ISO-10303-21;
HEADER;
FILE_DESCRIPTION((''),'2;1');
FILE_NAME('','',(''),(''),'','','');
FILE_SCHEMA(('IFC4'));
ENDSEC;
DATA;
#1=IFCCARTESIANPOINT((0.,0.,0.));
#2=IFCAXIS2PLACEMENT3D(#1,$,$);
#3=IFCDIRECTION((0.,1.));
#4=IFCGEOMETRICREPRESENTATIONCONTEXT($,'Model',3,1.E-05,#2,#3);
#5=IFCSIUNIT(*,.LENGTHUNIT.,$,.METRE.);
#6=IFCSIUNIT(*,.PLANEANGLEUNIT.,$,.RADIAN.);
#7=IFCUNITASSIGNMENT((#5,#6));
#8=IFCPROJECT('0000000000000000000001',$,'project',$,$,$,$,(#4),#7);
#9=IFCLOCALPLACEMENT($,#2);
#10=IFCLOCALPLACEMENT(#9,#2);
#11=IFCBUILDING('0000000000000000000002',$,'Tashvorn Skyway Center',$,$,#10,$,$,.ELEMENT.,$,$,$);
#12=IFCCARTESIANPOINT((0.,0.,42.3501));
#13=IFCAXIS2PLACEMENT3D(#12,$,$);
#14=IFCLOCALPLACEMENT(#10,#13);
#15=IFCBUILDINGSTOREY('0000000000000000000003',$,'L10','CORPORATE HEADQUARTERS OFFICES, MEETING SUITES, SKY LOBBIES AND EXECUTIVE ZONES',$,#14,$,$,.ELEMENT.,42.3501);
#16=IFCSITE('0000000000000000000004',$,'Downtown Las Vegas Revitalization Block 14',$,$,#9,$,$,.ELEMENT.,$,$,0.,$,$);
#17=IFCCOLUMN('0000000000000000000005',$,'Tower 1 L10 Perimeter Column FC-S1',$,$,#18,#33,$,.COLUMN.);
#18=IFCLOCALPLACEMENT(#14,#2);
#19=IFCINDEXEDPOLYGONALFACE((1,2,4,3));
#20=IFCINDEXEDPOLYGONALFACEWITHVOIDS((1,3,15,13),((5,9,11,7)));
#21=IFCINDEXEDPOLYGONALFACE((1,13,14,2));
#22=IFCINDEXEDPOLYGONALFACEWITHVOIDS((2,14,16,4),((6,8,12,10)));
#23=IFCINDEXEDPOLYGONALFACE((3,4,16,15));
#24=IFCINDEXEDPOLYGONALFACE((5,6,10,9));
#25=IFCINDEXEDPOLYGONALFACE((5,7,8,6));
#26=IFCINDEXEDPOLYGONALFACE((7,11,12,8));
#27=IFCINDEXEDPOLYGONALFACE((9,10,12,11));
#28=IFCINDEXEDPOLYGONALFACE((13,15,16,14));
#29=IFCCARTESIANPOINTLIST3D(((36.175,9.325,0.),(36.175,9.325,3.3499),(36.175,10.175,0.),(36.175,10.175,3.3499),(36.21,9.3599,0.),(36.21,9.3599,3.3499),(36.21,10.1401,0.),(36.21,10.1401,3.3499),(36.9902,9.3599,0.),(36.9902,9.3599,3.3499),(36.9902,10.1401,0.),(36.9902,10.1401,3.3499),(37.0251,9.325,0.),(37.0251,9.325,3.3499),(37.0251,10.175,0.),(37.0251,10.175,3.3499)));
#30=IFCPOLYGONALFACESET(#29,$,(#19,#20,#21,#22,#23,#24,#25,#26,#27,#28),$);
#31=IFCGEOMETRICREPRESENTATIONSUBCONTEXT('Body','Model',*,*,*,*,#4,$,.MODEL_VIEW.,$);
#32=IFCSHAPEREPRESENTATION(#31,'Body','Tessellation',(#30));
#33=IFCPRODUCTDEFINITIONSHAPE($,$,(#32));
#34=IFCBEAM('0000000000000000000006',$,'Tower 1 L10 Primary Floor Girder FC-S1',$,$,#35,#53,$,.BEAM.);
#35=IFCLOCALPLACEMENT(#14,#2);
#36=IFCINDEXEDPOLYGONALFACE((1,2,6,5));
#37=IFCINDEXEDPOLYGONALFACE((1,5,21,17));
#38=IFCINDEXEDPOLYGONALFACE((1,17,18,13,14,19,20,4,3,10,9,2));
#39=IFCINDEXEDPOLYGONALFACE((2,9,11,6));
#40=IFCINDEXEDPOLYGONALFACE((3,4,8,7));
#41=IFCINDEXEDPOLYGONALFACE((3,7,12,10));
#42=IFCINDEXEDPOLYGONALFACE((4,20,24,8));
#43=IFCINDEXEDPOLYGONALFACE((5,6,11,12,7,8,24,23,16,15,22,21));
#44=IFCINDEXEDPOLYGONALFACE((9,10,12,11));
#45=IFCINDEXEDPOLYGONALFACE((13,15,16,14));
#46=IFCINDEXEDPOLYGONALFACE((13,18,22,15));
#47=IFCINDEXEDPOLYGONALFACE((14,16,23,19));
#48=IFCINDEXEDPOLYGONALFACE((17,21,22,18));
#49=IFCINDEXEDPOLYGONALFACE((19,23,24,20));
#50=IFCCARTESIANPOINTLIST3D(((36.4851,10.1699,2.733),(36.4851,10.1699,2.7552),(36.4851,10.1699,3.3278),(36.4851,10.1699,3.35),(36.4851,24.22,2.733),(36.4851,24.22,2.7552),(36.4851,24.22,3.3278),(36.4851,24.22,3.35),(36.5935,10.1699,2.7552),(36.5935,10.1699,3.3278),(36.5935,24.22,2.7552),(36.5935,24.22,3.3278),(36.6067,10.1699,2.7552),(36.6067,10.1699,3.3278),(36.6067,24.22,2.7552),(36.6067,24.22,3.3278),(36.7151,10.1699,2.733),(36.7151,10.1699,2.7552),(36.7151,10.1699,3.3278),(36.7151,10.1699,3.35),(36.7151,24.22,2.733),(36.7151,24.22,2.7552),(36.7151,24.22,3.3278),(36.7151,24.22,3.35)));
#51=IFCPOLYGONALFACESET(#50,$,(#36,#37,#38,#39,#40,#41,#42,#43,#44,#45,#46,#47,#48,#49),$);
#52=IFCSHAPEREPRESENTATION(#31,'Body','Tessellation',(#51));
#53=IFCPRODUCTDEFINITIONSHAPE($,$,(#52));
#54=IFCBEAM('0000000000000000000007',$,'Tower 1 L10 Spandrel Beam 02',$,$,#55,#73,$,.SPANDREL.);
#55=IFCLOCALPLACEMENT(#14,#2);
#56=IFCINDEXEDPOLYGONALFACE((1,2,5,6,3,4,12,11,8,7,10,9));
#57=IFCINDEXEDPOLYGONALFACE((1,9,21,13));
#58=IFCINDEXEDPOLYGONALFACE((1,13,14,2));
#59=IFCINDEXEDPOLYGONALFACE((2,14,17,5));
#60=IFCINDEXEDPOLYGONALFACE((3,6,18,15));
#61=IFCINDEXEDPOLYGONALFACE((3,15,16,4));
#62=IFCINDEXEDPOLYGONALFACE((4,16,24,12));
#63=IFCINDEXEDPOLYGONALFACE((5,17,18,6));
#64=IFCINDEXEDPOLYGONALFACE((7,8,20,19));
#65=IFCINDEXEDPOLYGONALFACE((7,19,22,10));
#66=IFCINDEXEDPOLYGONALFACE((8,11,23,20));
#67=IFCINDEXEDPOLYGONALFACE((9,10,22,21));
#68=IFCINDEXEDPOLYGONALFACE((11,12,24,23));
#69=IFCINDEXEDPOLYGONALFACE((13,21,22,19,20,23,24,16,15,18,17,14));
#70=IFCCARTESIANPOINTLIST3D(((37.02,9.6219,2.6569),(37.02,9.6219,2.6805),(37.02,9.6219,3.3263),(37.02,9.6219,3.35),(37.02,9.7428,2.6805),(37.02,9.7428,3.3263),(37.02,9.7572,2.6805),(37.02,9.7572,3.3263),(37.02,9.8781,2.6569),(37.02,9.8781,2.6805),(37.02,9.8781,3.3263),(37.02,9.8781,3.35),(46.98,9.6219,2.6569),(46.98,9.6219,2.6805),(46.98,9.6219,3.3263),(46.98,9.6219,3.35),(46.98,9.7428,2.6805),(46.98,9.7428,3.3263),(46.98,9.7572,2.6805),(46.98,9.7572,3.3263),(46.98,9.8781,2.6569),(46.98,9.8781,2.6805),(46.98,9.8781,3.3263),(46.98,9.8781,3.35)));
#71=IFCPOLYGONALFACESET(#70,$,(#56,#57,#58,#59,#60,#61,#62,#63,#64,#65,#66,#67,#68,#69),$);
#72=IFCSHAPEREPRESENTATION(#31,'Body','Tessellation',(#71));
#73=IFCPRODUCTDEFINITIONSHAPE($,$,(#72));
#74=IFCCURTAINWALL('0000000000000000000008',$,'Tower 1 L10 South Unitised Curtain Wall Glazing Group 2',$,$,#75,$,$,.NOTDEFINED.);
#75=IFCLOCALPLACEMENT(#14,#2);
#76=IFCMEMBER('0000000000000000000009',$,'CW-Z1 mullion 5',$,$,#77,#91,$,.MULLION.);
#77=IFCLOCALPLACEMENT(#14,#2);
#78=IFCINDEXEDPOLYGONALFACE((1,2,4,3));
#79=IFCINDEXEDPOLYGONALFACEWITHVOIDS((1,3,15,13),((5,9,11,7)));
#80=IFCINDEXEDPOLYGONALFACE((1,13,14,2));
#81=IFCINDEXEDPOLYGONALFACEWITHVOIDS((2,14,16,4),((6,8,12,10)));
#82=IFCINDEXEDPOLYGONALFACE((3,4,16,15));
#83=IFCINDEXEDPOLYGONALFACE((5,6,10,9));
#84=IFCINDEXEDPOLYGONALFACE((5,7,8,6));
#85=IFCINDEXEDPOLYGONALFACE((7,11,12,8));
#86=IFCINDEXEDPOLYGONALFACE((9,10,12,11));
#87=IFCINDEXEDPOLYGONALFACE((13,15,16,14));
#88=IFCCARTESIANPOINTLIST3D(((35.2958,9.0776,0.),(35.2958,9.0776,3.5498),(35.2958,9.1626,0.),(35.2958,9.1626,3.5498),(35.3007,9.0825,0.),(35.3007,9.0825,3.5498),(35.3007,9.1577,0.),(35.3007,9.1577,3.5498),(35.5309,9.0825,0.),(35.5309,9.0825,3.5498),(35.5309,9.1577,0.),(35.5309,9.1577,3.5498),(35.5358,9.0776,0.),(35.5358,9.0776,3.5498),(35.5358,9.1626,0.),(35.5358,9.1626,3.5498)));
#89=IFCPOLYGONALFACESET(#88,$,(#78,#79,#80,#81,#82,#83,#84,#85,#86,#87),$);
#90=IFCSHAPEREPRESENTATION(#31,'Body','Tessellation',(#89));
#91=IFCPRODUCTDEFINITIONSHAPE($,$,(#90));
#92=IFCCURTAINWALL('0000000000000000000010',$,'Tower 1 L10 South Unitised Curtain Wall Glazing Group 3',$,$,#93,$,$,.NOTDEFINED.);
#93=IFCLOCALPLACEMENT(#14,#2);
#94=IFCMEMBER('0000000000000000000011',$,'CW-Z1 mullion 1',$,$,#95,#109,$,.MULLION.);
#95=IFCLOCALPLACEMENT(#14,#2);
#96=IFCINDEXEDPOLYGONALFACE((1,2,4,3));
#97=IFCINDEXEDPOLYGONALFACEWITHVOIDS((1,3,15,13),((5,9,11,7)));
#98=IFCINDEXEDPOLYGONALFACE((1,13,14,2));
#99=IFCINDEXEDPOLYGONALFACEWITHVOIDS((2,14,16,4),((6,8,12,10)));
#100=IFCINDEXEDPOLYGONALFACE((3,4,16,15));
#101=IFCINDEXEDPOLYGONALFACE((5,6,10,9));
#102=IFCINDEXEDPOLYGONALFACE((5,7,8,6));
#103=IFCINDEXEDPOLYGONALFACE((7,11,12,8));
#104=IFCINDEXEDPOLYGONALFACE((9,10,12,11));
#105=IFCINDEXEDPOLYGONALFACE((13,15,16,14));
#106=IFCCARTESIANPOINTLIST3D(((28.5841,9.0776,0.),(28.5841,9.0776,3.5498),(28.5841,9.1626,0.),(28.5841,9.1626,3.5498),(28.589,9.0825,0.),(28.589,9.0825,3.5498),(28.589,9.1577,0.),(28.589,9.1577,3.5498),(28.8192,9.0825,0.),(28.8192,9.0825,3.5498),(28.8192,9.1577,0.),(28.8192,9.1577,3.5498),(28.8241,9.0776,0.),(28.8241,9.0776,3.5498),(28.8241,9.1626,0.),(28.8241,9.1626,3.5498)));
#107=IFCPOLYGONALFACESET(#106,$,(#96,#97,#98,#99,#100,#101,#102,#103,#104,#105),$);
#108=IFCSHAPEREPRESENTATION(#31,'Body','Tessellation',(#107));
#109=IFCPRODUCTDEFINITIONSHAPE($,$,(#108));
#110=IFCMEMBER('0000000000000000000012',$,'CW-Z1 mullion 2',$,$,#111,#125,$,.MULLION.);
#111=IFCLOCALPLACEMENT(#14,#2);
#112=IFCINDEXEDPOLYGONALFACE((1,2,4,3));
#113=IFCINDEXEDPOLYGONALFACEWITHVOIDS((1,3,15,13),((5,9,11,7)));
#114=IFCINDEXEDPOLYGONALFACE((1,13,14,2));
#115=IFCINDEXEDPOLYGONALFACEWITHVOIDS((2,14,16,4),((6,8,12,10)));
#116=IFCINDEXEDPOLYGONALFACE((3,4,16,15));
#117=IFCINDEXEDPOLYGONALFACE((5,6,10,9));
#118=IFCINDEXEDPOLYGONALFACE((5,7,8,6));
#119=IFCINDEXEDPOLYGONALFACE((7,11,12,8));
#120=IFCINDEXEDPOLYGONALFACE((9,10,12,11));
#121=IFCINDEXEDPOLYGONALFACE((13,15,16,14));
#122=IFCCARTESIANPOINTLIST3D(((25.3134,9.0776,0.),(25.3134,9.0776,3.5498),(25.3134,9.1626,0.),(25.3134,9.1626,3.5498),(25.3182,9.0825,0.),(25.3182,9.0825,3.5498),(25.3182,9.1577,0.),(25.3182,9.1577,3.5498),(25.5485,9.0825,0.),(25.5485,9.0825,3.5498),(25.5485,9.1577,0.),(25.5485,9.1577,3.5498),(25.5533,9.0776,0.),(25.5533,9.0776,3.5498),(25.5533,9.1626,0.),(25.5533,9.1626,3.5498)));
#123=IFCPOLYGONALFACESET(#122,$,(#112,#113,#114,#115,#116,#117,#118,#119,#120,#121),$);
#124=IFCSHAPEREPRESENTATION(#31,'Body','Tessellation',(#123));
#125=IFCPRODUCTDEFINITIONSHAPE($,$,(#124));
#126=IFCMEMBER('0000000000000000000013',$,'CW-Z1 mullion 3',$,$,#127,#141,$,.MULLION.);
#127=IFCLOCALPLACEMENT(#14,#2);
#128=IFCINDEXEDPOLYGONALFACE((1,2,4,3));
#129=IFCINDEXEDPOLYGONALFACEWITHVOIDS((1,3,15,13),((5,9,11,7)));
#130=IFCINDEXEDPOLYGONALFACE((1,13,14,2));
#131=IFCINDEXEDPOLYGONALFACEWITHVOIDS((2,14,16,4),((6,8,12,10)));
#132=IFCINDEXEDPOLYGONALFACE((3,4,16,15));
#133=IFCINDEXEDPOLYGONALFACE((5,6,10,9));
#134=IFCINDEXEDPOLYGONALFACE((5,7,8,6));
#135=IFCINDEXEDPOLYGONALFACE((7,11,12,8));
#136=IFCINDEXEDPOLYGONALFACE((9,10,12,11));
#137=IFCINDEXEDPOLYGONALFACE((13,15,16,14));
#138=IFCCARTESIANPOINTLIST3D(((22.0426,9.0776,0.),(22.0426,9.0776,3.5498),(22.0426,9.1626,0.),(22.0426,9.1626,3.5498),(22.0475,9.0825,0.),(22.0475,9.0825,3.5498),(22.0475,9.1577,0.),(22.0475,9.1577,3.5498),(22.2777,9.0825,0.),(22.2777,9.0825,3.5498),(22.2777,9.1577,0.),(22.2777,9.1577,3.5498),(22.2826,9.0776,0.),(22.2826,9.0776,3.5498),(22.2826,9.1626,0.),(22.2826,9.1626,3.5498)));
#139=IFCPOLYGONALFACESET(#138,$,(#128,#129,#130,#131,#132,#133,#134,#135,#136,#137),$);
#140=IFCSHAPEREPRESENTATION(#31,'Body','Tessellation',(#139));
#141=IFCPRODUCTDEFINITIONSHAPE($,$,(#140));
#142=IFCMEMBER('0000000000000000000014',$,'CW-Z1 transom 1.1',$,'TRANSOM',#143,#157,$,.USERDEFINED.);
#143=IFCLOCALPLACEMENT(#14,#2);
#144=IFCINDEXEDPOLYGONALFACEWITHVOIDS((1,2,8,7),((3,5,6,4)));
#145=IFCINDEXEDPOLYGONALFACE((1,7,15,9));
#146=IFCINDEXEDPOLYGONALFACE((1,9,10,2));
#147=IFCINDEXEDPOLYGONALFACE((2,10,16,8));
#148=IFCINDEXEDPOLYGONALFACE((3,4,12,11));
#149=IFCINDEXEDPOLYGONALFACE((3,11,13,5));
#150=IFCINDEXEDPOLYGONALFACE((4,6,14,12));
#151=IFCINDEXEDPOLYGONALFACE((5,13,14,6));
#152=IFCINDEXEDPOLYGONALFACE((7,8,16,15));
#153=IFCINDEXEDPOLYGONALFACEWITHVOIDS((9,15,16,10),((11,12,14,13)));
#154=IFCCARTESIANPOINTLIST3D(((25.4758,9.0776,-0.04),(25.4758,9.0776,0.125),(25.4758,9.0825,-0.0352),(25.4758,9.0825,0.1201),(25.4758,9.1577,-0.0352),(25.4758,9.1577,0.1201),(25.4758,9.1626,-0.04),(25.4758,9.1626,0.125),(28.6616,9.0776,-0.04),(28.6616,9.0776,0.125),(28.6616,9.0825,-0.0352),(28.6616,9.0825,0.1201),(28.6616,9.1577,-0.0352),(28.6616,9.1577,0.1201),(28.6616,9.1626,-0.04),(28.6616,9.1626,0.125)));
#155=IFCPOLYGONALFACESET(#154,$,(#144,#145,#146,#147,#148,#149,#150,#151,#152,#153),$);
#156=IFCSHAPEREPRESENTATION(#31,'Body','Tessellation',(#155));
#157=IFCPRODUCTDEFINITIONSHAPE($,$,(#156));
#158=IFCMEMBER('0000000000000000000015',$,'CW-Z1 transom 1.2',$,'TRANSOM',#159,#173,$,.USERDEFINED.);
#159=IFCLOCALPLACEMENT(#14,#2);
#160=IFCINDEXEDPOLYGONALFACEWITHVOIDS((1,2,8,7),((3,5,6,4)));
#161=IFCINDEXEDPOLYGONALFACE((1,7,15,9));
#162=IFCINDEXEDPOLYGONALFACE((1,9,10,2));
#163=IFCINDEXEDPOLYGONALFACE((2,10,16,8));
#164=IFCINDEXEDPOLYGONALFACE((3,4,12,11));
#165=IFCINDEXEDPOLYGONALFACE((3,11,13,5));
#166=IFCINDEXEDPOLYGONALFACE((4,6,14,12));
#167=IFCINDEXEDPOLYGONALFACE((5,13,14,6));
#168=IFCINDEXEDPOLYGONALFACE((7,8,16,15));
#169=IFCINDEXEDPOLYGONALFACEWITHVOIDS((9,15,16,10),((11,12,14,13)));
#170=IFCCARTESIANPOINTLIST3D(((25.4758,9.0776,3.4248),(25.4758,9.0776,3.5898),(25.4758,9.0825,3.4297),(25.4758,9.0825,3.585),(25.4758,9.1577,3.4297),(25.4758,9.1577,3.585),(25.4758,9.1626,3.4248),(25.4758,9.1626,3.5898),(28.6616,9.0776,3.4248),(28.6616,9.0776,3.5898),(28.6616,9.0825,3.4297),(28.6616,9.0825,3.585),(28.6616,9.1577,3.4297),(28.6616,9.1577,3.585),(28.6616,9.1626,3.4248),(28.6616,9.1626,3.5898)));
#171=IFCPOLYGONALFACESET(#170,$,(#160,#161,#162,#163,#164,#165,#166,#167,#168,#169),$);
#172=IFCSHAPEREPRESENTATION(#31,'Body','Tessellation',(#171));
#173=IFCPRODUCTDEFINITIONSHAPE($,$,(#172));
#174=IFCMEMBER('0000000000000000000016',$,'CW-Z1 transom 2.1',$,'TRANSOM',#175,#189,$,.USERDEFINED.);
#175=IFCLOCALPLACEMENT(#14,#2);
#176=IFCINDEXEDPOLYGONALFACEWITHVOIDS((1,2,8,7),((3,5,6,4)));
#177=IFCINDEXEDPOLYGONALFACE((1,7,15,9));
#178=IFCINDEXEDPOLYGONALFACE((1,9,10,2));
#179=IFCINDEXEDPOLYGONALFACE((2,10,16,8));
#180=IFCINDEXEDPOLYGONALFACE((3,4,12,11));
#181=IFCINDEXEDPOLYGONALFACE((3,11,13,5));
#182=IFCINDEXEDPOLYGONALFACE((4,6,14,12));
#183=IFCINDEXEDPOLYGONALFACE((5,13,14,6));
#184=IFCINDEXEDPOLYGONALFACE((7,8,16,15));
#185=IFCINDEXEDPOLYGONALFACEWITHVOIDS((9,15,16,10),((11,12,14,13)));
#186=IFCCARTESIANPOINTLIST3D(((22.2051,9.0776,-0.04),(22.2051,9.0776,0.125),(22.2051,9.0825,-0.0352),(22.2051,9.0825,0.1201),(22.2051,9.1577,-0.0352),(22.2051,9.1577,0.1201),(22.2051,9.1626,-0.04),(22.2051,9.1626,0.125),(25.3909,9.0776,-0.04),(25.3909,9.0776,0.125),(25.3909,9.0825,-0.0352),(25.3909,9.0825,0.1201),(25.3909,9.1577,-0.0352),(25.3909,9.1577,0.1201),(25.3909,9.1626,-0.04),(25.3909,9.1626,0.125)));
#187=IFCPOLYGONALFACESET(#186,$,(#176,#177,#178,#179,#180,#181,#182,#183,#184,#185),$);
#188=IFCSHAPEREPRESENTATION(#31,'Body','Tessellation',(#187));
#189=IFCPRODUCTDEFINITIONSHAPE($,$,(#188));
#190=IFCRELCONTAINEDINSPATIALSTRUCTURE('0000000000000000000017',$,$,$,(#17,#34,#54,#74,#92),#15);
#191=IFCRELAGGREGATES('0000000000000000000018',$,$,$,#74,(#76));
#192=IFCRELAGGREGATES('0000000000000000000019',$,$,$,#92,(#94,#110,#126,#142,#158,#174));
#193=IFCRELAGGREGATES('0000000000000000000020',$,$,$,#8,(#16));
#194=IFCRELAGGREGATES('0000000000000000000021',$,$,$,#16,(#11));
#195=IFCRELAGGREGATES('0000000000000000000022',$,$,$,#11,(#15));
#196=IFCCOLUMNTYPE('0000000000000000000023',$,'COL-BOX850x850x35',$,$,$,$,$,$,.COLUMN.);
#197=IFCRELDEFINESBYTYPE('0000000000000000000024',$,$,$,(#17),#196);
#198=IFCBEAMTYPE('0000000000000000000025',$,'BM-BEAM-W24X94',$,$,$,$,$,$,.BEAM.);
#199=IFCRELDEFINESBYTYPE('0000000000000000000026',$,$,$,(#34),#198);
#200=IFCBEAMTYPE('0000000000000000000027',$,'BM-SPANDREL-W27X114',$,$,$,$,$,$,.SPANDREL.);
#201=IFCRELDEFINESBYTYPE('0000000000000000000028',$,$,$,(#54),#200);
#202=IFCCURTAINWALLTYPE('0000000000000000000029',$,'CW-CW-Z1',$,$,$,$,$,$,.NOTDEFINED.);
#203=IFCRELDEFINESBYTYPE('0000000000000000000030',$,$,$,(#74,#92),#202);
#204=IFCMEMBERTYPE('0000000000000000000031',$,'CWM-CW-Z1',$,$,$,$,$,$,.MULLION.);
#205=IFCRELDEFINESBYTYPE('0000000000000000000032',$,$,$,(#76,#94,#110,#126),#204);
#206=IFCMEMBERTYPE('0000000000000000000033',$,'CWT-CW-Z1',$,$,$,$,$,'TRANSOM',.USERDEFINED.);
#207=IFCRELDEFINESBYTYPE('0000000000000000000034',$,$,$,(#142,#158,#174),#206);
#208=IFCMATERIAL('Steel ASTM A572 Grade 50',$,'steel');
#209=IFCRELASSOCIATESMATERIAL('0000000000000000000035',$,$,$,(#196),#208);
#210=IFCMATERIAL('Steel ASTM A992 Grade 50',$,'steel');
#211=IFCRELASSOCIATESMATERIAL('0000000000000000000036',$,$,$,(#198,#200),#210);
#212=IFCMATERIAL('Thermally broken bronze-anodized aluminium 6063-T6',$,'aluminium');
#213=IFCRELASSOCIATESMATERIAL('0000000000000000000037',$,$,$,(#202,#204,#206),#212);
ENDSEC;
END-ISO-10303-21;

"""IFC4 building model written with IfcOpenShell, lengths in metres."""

from ifc_helpers import new_model, si_unit, direction, frame, origin, origin_2d, place, context, subcontext, project, spatial, hollow_rectangle, i_section, extrude, material, material_profile, profile_set, type_object, element, aggregate, save


model = new_model("IFC4")

# Units and contexts
model_context = context("Model", 3, precision=1e-05, world=origin(), true_north=direction((0.0, 1.0)))
body_context = subcontext(model_context, "Body", "Model", "MODEL_VIEW")
ifc_project = project(units=[si_unit("LENGTHUNIT", "METRE"), si_unit("PLANEANGLEUNIT", "RADIAN")], contexts=[model_context])

# Site, building, storey
site_placement = place(None, origin())
site = spatial("IfcSite", under=ifc_project, at=site_placement, Name="Downtown Las Vegas Revitalization Block 14", CompositionType="ELEMENT", RefElevation=0.0)
building_placement = place(site_placement, origin())
building = spatial("IfcBuilding", under=site, at=building_placement, Name="Tashvorn Skyway Center", CompositionType="ELEMENT")
storey_placement = place(building_placement, frame((0.0, 0.0, 42.3501)))
storey = spatial("IfcBuildingStorey", under=building, at=storey_placement, Name="L10", Description="CORPORATE HEADQUARTERS OFFICES, MEETING SUITES, SKY LOBBIES AND EXECUTIVE ZONES", CompositionType="ELEMENT", Elevation=42.3501)

# Column
ifc_material_1 = material(Name="Steel ASTM A572 Grade 50", Category="steel")
ifc_material_profile_1 = material_profile(ifc_material_1, hollow_rectangle(XDim=0.8501, YDim=0.8501, WallThickness=0.0349, at=origin_2d()), Name="BOX850x850x35")
ifc_profile_set_1 = profile_set([ifc_material_profile_1], Name="Steel ASTM A572 Grade 50")
column_type = type_object("IfcColumnType", Name="COL-BOX850x850x35", PredefinedType="COLUMN", material=ifc_profile_set_1)
column_placement = place(storey_placement, frame((36.6001, 9.75, 0.0), z_axis=(0.0, 0.0, 1.0), x_axis=(1.0, 0.0, 0.0)))
element("IfcColumn", 1, at=column_placement, inside=storey, type_object=column_type, Name="Tower 1 L10 Perimeter Column FC-S1", PredefinedType="COLUMN", context=body_context, shape_type="SweptSolid", body=[
    extrude(hollow_rectangle(XDim=0.8501, YDim=0.8501, WallThickness=0.0349, at=origin_2d()), origin(), (0.0, 0.0, 1.0), 3.3499),
])

# Beams
ifc_material_2 = material(Name="Steel ASTM A992 Grade 50", Category="steel")
ifc_material_profile_2 = material_profile(ifc_material_2, i_section(OverallWidth=0.23, OverallDepth=0.6169, WebThickness=0.0132, FlangeThickness=0.0222, at=origin_2d()), Name="W24X94")
ifc_profile_set_2 = profile_set([ifc_material_profile_2], Name="Steel ASTM A992 Grade 50")
beam_type_1 = type_object("IfcBeamType", Name="BM-BEAM-W24X94", PredefinedType="BEAM", material=ifc_profile_set_2)
beam_1_placement = place(storey_placement, frame((36.6001, 10.1699, 3.0415), z_axis=(0.0, 1.0, 0.0), x_axis=(-1.0, 0.0, 0.0)))
element("IfcBeam", 2, at=beam_1_placement, inside=storey, type_object=beam_type_1, Name="Tower 1 L10 Primary Floor Girder FC-S1", PredefinedType="BEAM", context=body_context, shape_type="SweptSolid", body=[
    extrude(i_section(OverallWidth=0.23, OverallDepth=0.6169, WebThickness=0.0132, FlangeThickness=0.0222, at=origin_2d()), origin(), (0.0, 0.0, 1.0), 14.05),
])
ifc_material_profile_3 = material_profile(ifc_material_2, i_section(OverallWidth=0.2561, OverallDepth=0.6931, WebThickness=0.0144, FlangeThickness=0.0237, at=origin_2d()), Name="W27X114")
ifc_profile_set_3 = profile_set([ifc_material_profile_3], Name="Steel ASTM A992 Grade 50")
beam_type_2 = type_object("IfcBeamType", Name="BM-SPANDREL-W27X114", PredefinedType="SPANDREL", material=ifc_profile_set_3)
beam_2_placement = place(storey_placement, frame((37.02, 9.75, 3.0034), z_axis=(1.0, 0.0, 0.0), x_axis=(0.0, 1.0, 0.0)))
element("IfcBeam", 3, at=beam_2_placement, inside=storey, type_object=beam_type_2, Name="Tower 1 L10 Spandrel Beam 02", PredefinedType="SPANDREL", context=body_context, shape_type="SweptSolid", body=[
    extrude(i_section(OverallWidth=0.2561, OverallDepth=0.6931, WebThickness=0.0144, FlangeThickness=0.0237, at=origin_2d()), origin(), (0.0, 0.0, 1.0), 9.96),
])

# Curtain wall, member
ifc_material_3 = material(Name="Thermally broken bronze-anodized aluminium 6063-T6", Category="aluminium")
curtain_wall_type = type_object("IfcCurtainWallType", Name="CW-CW-Z1", PredefinedType="NOTDEFINED", material=ifc_material_3)
curtain_wall_1_placement = place(storey_placement, origin())
curtain_wall_1 = element("IfcCurtainWall", 4, at=curtain_wall_1_placement, inside=storey, type_object=curtain_wall_type, Name="Tower 1 L10 South Unitised Curtain Wall Glazing Group 2", PredefinedType="NOTDEFINED")
ifc_material_profile_4 = material_profile(ifc_material_3, hollow_rectangle(XDim=0.085, YDim=0.24, WallThickness=0.0049, at=origin_2d()), Name="ALU-MULL-85x240")
ifc_profile_set_4 = profile_set([ifc_material_profile_4], Name="Thermally broken bronze-anodized aluminium 6063-T6")
member_type_1 = type_object("IfcMemberType", Name="CWM-CW-Z1", PredefinedType="MULLION", material=ifc_profile_set_4)
member_1_placement = place(storey_placement, frame((35.4158, 9.1201, 0.0), z_axis=(0.0, 0.0, 1.0), x_axis=(0.0, -1.0, 0.0)))
member_1 = element("IfcMember", 5, at=member_1_placement, type_object=member_type_1, Name="CW-Z1 mullion 5", PredefinedType="MULLION", context=body_context, shape_type="SweptSolid", body=[
    extrude(hollow_rectangle(XDim=0.085, YDim=0.24, WallThickness=0.0049, at=origin_2d()), origin(), (0.0, 0.0, 1.0), 3.5498),
])

# Curtain wall, members
curtain_wall_2_placement = place(storey_placement, origin())
curtain_wall_2 = element("IfcCurtainWall", 6, at=curtain_wall_2_placement, inside=storey, type_object=curtain_wall_type, Name="Tower 1 L10 South Unitised Curtain Wall Glazing Group 3", PredefinedType="NOTDEFINED")
member_2_placement = place(storey_placement, frame((28.7041, 9.1201, 0.0), z_axis=(0.0, 0.0, 1.0), x_axis=(0.0, -1.0, 0.0)))
member_2 = element("IfcMember", 7, at=member_2_placement, type_object=member_type_1, Name="CW-Z1 mullion 1", PredefinedType="MULLION", context=body_context, shape_type="SweptSolid", body=[
    extrude(hollow_rectangle(XDim=0.085, YDim=0.24, WallThickness=0.0049, at=origin_2d()), origin(), (0.0, 0.0, 1.0), 3.5498),
])
member_3_placement = place(storey_placement, frame((25.4333, 9.1201, 0.0), z_axis=(0.0, 0.0, 1.0), x_axis=(0.0, -1.0, 0.0)))
member_3 = element("IfcMember", 8, at=member_3_placement, type_object=member_type_1, Name="CW-Z1 mullion 2", PredefinedType="MULLION", context=body_context, shape_type="SweptSolid", body=[
    extrude(hollow_rectangle(XDim=0.085, YDim=0.24, WallThickness=0.0049, at=origin_2d()), origin(), (0.0, 0.0, 1.0), 3.5498),
])
member_4_placement = place(storey_placement, frame((22.1626, 9.1201, 0.0), z_axis=(0.0, 0.0, 1.0), x_axis=(0.0, -1.0, 0.0)))
member_4 = element("IfcMember", 9, at=member_4_placement, type_object=member_type_1, Name="CW-Z1 mullion 3", PredefinedType="MULLION", context=body_context, shape_type="SweptSolid", body=[
    extrude(hollow_rectangle(XDim=0.085, YDim=0.24, WallThickness=0.0049, at=origin_2d()), origin(), (0.0, 0.0, 1.0), 3.5498),
])
ifc_material_profile_5 = material_profile(ifc_material_3, hollow_rectangle(XDim=0.085, YDim=0.165, WallThickness=0.0049, at=origin_2d()), Name="ALU-TRAN-85x165")
ifc_profile_set_5 = profile_set([ifc_material_profile_5], Name="Thermally broken bronze-anodized aluminium 6063-T6")
member_type_2 = type_object("IfcMemberType", Name="CWT-CW-Z1", ElementType="TRANSOM", PredefinedType="USERDEFINED", material=ifc_profile_set_5)
member_5_placement = place(storey_placement, frame((28.6616, 9.1201, 0.0425), z_axis=(-1.0, 0.0, 0.0), x_axis=(0.0, -1.0, 0.0)))
member_5 = element("IfcMember", 10, at=member_5_placement, type_object=member_type_2, Name="CW-Z1 transom 1.1", ObjectType="TRANSOM", PredefinedType="USERDEFINED", context=body_context, shape_type="SweptSolid", body=[
    extrude(hollow_rectangle(XDim=0.085, YDim=0.165, WallThickness=0.0049, at=origin_2d()), origin(), (0.0, 0.0, 1.0), 3.1858),
])
member_6_placement = place(storey_placement, frame((28.6616, 9.1201, 3.5073), z_axis=(-1.0, 0.0, 0.0), x_axis=(0.0, -1.0, 0.0)))
member_6 = element("IfcMember", 11, at=member_6_placement, type_object=member_type_2, Name="CW-Z1 transom 1.2", ObjectType="TRANSOM", PredefinedType="USERDEFINED", context=body_context, shape_type="SweptSolid", body=[
    extrude(hollow_rectangle(XDim=0.085, YDim=0.165, WallThickness=0.0049, at=origin_2d()), origin(), (0.0, 0.0, 1.0), 3.1858),
])
member_7_placement = place(storey_placement, frame((25.3909, 9.1201, 0.0425), z_axis=(-1.0, 0.0, 0.0), x_axis=(0.0, -1.0, 0.0)))
member_7 = element("IfcMember", 12, at=member_7_placement, type_object=member_type_2, Name="CW-Z1 transom 2.1", ObjectType="TRANSOM", PredefinedType="USERDEFINED", context=body_context, shape_type="SweptSolid", body=[
    extrude(hollow_rectangle(XDim=0.085, YDim=0.165, WallThickness=0.0049, at=origin_2d()), origin(), (0.0, 0.0, 1.0), 3.1858),
])

aggregate(curtain_wall_1, [member_1])
aggregate(curtain_wall_2, [member_2, member_3, member_4, member_5, member_6, member_7])

save(model, "model.ifc")
